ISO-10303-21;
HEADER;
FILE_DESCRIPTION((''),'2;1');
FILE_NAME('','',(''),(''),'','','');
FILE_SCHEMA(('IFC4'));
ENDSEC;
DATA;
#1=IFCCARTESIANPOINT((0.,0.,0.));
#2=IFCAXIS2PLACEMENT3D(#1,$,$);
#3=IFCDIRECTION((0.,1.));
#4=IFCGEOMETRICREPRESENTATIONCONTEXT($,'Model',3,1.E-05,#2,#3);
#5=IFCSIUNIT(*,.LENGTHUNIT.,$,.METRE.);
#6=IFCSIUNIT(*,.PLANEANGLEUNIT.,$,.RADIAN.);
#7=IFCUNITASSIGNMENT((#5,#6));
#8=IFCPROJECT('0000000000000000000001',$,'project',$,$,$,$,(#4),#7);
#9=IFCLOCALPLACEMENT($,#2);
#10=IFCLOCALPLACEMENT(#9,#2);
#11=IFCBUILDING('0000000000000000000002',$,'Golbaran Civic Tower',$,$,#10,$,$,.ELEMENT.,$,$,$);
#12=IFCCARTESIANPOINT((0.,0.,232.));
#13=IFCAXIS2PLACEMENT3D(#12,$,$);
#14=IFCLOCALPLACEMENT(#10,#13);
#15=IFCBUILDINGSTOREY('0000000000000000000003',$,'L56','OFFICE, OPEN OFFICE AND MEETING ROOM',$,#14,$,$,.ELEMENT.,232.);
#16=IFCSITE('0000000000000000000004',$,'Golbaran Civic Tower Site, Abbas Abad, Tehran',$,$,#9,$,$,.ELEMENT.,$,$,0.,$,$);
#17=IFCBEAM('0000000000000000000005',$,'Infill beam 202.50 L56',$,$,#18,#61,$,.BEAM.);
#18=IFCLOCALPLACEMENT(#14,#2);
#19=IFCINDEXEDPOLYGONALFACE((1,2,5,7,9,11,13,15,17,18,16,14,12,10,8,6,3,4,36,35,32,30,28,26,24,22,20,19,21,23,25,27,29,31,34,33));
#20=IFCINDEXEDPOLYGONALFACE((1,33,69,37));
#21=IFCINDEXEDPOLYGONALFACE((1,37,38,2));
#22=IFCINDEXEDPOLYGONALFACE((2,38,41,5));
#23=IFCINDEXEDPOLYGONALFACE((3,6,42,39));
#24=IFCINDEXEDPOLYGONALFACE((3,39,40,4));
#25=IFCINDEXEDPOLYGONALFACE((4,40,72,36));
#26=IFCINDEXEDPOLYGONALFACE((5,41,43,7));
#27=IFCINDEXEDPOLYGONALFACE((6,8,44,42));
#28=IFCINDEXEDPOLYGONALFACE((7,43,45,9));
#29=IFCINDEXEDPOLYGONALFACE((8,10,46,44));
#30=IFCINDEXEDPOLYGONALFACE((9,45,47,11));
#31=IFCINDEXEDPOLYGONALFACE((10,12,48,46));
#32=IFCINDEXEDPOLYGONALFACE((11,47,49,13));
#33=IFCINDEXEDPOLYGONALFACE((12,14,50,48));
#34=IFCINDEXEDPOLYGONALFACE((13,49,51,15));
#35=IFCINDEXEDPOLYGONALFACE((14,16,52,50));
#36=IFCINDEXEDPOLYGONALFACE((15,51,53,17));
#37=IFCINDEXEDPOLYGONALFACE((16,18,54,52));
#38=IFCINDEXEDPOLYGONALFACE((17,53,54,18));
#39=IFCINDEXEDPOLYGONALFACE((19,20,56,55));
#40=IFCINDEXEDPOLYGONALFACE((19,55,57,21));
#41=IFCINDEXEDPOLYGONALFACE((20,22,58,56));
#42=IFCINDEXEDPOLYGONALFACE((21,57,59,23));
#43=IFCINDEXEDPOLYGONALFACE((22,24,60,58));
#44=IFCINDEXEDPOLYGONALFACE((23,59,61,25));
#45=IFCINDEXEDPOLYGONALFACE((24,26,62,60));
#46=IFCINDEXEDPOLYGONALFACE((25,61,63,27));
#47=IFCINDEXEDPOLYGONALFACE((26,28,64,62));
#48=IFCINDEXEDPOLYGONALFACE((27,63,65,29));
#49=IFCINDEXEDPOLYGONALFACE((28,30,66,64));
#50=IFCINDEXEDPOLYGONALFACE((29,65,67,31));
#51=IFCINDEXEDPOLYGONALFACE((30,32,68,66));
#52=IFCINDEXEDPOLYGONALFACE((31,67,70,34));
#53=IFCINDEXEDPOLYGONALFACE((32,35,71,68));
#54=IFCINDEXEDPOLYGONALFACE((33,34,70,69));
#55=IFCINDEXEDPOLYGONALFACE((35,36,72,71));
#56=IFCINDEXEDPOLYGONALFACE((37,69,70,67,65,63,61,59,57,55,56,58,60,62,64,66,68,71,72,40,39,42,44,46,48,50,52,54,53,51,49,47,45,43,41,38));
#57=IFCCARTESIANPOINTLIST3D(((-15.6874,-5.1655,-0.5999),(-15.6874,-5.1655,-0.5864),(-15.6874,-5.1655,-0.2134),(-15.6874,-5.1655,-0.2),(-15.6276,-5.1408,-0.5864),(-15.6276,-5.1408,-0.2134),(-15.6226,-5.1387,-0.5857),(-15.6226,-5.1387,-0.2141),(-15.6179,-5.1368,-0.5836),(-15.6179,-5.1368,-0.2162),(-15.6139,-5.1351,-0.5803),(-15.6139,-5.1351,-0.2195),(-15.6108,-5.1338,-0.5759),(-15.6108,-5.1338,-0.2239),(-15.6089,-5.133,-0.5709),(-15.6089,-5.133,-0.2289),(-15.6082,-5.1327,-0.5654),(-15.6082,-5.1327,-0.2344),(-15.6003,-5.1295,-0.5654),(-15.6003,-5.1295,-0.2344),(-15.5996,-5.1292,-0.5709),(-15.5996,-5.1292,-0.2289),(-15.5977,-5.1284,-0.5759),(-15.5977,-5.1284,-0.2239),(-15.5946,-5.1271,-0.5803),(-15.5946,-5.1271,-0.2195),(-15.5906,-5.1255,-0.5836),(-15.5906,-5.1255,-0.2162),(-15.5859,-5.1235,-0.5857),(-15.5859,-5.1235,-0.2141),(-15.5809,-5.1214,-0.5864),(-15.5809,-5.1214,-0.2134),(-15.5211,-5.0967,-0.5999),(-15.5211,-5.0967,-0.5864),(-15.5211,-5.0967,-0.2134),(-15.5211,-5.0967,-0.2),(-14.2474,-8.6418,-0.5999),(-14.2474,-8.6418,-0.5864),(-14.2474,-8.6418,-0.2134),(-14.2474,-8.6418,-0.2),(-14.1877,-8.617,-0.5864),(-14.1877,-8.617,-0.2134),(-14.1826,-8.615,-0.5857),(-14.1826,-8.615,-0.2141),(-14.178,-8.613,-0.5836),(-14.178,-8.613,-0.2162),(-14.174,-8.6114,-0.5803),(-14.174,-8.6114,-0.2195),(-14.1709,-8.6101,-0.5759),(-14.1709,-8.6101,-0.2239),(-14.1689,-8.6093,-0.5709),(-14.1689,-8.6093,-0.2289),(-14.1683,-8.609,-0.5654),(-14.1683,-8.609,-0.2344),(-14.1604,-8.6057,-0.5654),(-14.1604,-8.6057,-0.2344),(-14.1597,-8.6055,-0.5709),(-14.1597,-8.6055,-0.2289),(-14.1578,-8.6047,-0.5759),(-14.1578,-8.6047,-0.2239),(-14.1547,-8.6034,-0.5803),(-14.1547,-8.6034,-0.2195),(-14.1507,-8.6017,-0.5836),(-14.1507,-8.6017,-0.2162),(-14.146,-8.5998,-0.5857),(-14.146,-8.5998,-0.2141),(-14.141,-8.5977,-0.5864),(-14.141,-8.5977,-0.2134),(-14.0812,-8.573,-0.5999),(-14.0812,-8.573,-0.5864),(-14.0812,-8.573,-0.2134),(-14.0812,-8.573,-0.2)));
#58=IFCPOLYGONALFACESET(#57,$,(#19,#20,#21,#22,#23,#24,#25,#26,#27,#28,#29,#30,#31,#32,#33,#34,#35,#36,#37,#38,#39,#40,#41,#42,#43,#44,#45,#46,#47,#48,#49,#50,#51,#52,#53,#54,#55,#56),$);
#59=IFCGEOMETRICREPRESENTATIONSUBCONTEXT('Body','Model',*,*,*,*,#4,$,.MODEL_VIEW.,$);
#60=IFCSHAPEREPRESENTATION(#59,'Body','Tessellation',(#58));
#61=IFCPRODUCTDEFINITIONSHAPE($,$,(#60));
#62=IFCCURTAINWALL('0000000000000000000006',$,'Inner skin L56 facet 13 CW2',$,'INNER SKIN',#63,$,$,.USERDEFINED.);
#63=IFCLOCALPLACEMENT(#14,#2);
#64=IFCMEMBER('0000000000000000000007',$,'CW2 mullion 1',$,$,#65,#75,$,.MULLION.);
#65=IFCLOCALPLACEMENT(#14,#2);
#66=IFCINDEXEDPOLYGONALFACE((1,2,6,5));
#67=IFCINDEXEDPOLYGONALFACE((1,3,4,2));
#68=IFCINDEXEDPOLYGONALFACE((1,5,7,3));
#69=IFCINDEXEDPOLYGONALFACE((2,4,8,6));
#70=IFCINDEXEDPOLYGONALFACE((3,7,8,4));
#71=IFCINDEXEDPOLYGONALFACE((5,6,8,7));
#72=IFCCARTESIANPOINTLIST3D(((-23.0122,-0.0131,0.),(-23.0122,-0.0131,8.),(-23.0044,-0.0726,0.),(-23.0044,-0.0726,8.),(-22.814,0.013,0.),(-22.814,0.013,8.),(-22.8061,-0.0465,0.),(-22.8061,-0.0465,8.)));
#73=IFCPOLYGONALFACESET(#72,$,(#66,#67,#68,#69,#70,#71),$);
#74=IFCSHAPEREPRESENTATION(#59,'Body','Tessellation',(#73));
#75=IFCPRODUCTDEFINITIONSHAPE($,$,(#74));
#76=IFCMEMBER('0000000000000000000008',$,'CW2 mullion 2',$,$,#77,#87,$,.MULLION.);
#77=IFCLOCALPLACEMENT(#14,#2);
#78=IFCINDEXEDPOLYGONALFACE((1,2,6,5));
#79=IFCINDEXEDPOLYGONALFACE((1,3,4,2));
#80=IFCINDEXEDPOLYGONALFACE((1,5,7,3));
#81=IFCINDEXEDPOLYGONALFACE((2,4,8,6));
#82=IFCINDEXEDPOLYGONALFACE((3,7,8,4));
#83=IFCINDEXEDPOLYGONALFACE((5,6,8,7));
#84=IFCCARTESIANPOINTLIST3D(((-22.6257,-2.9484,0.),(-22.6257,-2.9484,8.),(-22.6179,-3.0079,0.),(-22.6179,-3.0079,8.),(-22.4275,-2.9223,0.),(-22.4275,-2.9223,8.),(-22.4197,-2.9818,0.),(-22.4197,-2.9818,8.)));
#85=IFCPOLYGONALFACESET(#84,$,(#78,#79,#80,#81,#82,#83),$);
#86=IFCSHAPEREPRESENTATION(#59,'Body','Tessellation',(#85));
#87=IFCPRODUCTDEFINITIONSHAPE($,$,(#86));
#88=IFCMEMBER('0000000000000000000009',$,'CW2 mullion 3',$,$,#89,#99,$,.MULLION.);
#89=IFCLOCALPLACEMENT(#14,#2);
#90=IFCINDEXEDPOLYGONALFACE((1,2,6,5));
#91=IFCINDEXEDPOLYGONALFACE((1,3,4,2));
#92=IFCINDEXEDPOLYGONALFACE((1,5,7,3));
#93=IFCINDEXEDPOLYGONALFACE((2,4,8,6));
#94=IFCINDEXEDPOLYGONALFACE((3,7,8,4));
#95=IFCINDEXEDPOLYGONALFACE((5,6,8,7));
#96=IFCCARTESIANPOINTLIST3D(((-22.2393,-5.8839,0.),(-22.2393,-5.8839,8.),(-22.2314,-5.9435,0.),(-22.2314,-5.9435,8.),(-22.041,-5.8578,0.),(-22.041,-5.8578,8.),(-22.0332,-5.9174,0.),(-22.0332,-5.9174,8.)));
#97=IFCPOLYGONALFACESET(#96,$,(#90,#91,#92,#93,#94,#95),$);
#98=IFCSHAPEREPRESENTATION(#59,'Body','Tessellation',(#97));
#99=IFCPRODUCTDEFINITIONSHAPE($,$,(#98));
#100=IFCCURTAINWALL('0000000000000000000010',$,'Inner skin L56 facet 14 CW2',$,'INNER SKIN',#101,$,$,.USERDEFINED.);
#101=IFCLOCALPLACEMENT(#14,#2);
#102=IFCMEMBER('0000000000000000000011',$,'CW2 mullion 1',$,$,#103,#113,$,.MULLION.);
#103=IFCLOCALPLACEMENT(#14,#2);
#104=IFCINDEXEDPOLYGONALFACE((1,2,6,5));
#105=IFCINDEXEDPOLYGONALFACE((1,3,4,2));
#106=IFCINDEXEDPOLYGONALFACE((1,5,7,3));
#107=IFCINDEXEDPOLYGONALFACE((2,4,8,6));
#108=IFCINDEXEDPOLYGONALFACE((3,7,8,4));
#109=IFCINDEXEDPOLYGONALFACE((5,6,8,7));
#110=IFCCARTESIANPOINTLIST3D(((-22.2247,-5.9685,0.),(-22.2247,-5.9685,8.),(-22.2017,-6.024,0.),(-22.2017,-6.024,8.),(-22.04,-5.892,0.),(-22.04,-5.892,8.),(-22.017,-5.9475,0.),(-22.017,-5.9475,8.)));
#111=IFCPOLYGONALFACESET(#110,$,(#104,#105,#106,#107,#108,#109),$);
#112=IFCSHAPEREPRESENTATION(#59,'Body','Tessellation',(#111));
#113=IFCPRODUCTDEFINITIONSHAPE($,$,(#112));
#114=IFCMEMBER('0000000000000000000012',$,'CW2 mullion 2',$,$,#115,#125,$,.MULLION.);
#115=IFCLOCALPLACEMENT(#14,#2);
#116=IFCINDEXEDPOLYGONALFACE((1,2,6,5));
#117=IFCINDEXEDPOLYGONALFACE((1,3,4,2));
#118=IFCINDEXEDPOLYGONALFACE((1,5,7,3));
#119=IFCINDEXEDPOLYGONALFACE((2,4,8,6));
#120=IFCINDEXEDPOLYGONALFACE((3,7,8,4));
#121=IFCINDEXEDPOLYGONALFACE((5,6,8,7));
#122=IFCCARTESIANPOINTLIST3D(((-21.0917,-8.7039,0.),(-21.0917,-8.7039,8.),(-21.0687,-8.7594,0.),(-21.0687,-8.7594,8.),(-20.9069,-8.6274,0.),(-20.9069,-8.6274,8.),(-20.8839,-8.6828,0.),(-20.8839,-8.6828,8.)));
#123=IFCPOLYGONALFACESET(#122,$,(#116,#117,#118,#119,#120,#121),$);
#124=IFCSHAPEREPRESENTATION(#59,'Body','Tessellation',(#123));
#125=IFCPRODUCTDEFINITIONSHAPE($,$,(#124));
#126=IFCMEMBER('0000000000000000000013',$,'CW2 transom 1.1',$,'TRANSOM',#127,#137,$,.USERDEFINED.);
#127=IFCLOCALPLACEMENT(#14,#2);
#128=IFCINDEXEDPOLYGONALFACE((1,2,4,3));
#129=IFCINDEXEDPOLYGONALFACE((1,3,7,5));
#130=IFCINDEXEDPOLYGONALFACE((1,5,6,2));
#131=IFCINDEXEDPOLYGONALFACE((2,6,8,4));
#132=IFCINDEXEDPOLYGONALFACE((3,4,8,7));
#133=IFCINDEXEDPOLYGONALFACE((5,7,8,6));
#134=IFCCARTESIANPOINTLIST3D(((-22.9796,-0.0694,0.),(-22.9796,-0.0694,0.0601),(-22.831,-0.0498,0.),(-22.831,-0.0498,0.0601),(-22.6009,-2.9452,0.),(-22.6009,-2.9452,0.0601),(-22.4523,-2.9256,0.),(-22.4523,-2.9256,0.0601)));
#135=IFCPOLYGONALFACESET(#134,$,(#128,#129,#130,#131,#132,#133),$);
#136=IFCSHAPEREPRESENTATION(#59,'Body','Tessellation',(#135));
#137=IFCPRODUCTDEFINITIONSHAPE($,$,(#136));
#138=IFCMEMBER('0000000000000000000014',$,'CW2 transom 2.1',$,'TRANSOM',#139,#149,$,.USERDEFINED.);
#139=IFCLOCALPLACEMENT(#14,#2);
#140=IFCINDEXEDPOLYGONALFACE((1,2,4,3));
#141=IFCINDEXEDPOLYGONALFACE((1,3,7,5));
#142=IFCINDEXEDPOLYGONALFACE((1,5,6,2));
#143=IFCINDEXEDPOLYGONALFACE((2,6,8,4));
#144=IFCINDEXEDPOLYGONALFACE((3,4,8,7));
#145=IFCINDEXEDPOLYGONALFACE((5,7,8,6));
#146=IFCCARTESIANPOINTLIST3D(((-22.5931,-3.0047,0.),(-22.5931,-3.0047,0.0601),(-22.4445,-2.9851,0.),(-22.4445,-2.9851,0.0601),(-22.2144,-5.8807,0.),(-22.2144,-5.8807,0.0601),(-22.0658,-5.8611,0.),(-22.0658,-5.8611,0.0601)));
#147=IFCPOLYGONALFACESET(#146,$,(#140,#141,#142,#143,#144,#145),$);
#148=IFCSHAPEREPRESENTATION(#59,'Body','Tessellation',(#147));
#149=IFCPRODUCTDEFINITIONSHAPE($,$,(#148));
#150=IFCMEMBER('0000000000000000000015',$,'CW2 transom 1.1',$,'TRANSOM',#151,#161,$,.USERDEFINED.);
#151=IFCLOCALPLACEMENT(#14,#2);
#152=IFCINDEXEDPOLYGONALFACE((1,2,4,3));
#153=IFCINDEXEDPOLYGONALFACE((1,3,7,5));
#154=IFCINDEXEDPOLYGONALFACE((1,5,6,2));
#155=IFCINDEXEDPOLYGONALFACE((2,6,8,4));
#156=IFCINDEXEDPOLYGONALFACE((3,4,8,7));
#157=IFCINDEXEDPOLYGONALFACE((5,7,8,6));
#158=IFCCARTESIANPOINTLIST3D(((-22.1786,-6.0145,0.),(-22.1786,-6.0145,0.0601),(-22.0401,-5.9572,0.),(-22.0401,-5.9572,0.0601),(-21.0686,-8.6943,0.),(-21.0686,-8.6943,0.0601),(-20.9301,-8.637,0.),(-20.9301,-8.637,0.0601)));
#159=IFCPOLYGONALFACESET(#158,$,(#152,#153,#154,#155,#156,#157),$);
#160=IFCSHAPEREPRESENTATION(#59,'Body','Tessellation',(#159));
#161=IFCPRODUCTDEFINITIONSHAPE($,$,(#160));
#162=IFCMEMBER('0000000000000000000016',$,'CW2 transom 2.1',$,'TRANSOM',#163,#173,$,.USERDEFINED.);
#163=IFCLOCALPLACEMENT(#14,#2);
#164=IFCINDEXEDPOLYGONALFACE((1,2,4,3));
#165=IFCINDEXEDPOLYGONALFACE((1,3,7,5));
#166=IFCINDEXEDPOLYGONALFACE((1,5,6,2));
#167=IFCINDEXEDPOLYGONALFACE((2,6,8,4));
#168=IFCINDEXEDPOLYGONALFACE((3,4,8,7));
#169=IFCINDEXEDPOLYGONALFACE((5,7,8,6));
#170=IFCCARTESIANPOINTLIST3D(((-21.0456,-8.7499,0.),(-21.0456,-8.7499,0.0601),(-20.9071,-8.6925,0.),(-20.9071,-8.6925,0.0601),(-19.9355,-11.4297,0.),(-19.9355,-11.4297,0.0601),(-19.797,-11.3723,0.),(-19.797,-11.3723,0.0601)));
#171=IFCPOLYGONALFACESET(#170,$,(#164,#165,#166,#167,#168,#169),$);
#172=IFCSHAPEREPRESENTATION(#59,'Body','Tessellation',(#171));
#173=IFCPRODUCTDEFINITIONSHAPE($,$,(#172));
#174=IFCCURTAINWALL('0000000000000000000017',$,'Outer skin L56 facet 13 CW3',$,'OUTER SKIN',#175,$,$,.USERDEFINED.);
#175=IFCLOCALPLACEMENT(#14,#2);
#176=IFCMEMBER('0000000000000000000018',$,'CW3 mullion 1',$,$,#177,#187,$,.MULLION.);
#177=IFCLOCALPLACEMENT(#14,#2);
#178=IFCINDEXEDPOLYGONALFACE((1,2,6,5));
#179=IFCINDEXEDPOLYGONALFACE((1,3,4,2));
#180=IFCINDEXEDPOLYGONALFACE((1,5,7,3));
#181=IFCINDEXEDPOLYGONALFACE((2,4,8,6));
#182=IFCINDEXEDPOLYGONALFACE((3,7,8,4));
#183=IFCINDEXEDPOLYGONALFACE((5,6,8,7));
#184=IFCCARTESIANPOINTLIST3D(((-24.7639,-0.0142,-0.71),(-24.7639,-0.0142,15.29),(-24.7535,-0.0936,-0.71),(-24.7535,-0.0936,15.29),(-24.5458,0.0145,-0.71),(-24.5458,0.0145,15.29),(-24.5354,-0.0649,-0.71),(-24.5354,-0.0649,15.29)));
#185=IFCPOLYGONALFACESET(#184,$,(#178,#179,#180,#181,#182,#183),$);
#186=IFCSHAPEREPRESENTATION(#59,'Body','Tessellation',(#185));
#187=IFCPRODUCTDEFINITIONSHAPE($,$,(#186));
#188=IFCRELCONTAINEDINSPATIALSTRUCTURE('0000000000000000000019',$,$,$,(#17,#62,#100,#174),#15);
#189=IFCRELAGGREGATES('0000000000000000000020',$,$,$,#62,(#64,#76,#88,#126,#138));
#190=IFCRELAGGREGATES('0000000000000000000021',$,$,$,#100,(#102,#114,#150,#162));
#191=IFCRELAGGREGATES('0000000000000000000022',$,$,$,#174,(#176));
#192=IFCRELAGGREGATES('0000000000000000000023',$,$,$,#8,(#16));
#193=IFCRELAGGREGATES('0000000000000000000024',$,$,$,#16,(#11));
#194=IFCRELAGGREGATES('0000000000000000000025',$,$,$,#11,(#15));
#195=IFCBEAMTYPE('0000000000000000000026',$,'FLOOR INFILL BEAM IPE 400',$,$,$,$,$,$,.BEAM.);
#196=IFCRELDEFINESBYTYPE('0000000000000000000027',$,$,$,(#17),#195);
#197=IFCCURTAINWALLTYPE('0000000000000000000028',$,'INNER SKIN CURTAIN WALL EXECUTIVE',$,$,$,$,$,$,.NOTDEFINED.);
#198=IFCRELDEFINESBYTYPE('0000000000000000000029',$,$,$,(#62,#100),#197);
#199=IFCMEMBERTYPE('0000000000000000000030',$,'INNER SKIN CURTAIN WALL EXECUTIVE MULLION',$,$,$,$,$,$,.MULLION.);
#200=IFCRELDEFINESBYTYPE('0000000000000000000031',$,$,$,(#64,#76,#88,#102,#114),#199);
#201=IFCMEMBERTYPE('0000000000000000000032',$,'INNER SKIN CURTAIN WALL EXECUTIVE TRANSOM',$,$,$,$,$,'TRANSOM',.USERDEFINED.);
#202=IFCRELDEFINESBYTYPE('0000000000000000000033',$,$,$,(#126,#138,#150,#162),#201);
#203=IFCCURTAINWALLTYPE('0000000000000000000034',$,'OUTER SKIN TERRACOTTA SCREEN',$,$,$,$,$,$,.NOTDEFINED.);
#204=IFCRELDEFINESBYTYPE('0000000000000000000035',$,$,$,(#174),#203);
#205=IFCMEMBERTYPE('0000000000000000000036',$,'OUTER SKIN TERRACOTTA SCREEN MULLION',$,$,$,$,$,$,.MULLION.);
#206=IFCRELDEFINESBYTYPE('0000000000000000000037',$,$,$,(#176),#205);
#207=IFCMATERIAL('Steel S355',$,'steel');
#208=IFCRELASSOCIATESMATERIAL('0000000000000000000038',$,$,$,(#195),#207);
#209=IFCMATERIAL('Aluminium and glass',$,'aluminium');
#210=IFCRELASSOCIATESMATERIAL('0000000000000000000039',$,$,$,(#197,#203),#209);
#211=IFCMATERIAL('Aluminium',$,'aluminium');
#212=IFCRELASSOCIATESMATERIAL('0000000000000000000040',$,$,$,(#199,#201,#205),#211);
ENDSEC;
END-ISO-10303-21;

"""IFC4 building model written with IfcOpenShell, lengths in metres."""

from ifc_helpers import new_model, si_unit, direction, frame, origin, origin_2d, place, context, subcontext, project, spatial, rectangle, i_section, extrude, material, material_profile, profile_set, type_object, element, aggregate, save


model = new_model("IFC4")

# Units and contexts
model_context = context("Model", 3, precision=1e-05, world=origin(), true_north=direction((0.0, 1.0)))
body_context = subcontext(model_context, "Body", "Model", "MODEL_VIEW")
ifc_project = project(units=[si_unit("LENGTHUNIT", "METRE"), si_unit("PLANEANGLEUNIT", "RADIAN")], contexts=[model_context])

# Site, building, storey
site_placement = place(None, origin())
site = spatial("IfcSite", under=ifc_project, at=site_placement, Name="Golbaran Civic Tower Site, Abbas Abad, Tehran", CompositionType="ELEMENT", RefElevation=0.0)
building_placement = place(site_placement, origin())
building = spatial("IfcBuilding", under=site, at=building_placement, Name="Golbaran Civic Tower", CompositionType="ELEMENT")
storey_placement = place(building_placement, frame((0.0, 0.0, 232.0)))
storey = spatial("IfcBuildingStorey", under=building, at=storey_placement, Name="L56", Description="OFFICE, OPEN OFFICE AND MEETING ROOM", CompositionType="ELEMENT", Elevation=232.0)

# Shared definitions
ifc_material_1 = material(Name="Steel S355", Category="steel")

# Beam
ifc_material_profile_1 = material_profile(ifc_material_1, i_section(OverallWidth=0.1799, OverallDepth=0.3999, WebThickness=0.0085, FlangeThickness=0.0134, FilletRadius=0.021, at=origin_2d()), Name="IPE 400")
ifc_profile_set_1 = profile_set([ifc_material_profile_1], Name="Steel S355")
beam_type_1 = type_object("IfcBeamType", Name="FLOOR INFILL BEAM IPE 400", PredefinedType="BEAM", material=ifc_profile_set_1)
beam_1_placement = place(storey_placement, frame((-15.6042, -5.1311, -0.3999), z_axis=(0.382684, -0.923879, 0.0), x_axis=(0.923879, 0.382684, 0.0)))
element("IfcBeam", 1, at=beam_1_placement, inside=storey, type_object=beam_type_1, Name="Infill beam 202.50 L56", PredefinedType="BEAM", context=body_context, shape_type="SweptSolid", body=[
    extrude(i_section(OverallWidth=0.1799, OverallDepth=0.3999, WebThickness=0.0085, FlangeThickness=0.0134, FilletRadius=0.021, at=origin_2d()), origin(), (0.0, 0.0, 1.0), 3.7627),
])

# Curtain walls, members
ifc_material_2 = material(Name="Aluminium and glass", Category="aluminium")
curtain_wall_type_1 = type_object("IfcCurtainWallType", Name="INNER SKIN CURTAIN WALL EXECUTIVE", PredefinedType="NOTDEFINED", material=ifc_material_2)
curtain_wall_1_placement = place(storey_placement, origin())
curtain_wall_1 = element("IfcCurtainWall", 2, at=curtain_wall_1_placement, inside=storey, type_object=curtain_wall_type_1, Name="Inner skin L56 facet 13 CW2", ObjectType="INNER SKIN", PredefinedType="USERDEFINED")
ifc_material_3 = material(Name="Aluminium", Category="aluminium")
ifc_material_profile_2 = material_profile(ifc_material_3, rectangle(XDim=0.2, YDim=0.0601, at=origin_2d()), Name="INNER SKIN CURTAIN WALL EXECUTIVE MULLION")
ifc_profile_set_2 = profile_set([ifc_material_profile_2], Name="Aluminium")
member_type_1 = type_object("IfcMemberType", Name="INNER SKIN CURTAIN WALL EXECUTIVE MULLION", PredefinedType="MULLION", material=ifc_profile_set_2)
member_1_placement = place(storey_placement, frame((-22.9092, -0.0298, 0.0), z_axis=(0.0, 0.0, 1.0), x_axis=(0.991445, 0.130526, 0.0)))
member_1 = element("IfcMember", 3, at=member_1_placement, type_object=member_type_1, Name="CW2 mullion 1", PredefinedType="MULLION", context=body_context, shape_type="SweptSolid", body=[
    extrude(rectangle(XDim=0.2, YDim=0.0601, at=origin_2d()), origin(), (0.0, 0.0, 1.0), 8.0),
])
member_2_placement = place(storey_placement, frame((-22.5227, -2.9651, 0.0), z_axis=(0.0, 0.0, 1.0), x_axis=(0.991445, 0.130526, 0.0)))
member_2 = element("IfcMember", 4, at=member_2_placement, type_object=member_type_1, Name="CW2 mullion 2", PredefinedType="MULLION", context=body_context, shape_type="SweptSolid", body=[
    extrude(rectangle(XDim=0.2, YDim=0.0601, at=origin_2d()), origin(), (0.0, 0.0, 1.0), 8.0),
])
member_3_placement = place(storey_placement, frame((-22.1362, -5.9006, 0.0), z_axis=(0.0, 0.0, 1.0), x_axis=(0.991445, 0.130526, 0.0)))
member_3 = element("IfcMember", 5, at=member_3_placement, type_object=member_type_1, Name="CW2 mullion 3", PredefinedType="MULLION", context=body_context, shape_type="SweptSolid", body=[
    extrude(rectangle(XDim=0.2, YDim=0.0601, at=origin_2d()), origin(), (0.0, 0.0, 1.0), 8.0),
])
curtain_wall_2_placement = place(storey_placement, origin())
curtain_wall_2 = element("IfcCurtainWall", 6, at=curtain_wall_2_placement, inside=storey, type_object=curtain_wall_type_1, Name="Inner skin L56 facet 14 CW2", ObjectType="INNER SKIN", PredefinedType="USERDEFINED")
member_4_placement = place(storey_placement, frame((-22.1208, -5.958, 0.0), z_axis=(0.0, 0.0, 1.0), x_axis=(0.92388, 0.382683, 0.0)))
member_4 = element("IfcMember", 7, at=member_4_placement, type_object=member_type_1, Name="CW2 mullion 1", PredefinedType="MULLION", context=body_context, shape_type="SweptSolid", body=[
    extrude(rectangle(XDim=0.2, YDim=0.0601, at=origin_2d()), origin(), (0.0, 0.0, 1.0), 8.0),
])
member_5_placement = place(storey_placement, frame((-20.9878, -8.6934, 0.0), z_axis=(0.0, 0.0, 1.0), x_axis=(0.92388, 0.382683, 0.0)))
member_5 = element("IfcMember", 8, at=member_5_placement, type_object=member_type_1, Name="CW2 mullion 2", PredefinedType="MULLION", context=body_context, shape_type="SweptSolid", body=[
    extrude(rectangle(XDim=0.2, YDim=0.0601, at=origin_2d()), origin(), (0.0, 0.0, 1.0), 8.0),
])

# Members
ifc_material_profile_3 = material_profile(ifc_material_3, rectangle(XDim=0.1499, YDim=0.0601, at=origin_2d()), Name="INNER SKIN CURTAIN WALL EXECUTIVE TRANSOM")
ifc_profile_set_3 = profile_set([ifc_material_profile_3], Name="Aluminium")
member_type_2 = type_object("IfcMemberType", Name="INNER SKIN CURTAIN WALL EXECUTIVE TRANSOM", ElementType="TRANSOM", PredefinedType="USERDEFINED", material=ifc_profile_set_3)
member_6_placement = place(storey_placement, frame((-22.9053, -0.0596, 0.03), z_axis=(0.130548, -0.991442, 0.0), x_axis=(0.991442, 0.130548, 0.0)))
member_6 = element("IfcMember", 9, at=member_6_placement, type_object=member_type_2, Name="CW2 transom 1.1", ObjectType="TRANSOM", PredefinedType="USERDEFINED", context=body_context, shape_type="SweptSolid", body=[
    extrude(rectangle(XDim=0.1499, YDim=0.0601, at=origin_2d()), origin(), (0.0, 0.0, 1.0), 2.9006),
])
member_7_placement = place(storey_placement, frame((-22.5188, -2.9949, 0.03), z_axis=(0.130537, -0.991443, 0.0), x_axis=(0.991443, 0.130537, 0.0)))
member_7 = element("IfcMember", 10, at=member_7_placement, type_object=member_type_2, Name="CW2 transom 2.1", ObjectType="TRANSOM", PredefinedType="USERDEFINED", context=body_context, shape_type="SweptSolid", body=[
    extrude(rectangle(XDim=0.1499, YDim=0.0601, at=origin_2d()), origin(), (0.0, 0.0, 1.0), 2.9009),
])
member_8_placement = place(storey_placement, frame((-22.1094, -5.9858, 0.03), z_axis=(0.382696, -0.923874, 0.0), x_axis=(0.923874, 0.382696, 0.0)))
member_8 = element("IfcMember", 11, at=member_8_placement, type_object=member_type_2, Name="CW2 transom 1.1", ObjectType="TRANSOM", PredefinedType="USERDEFINED", context=body_context, shape_type="SweptSolid", body=[
    extrude(rectangle(XDim=0.1499, YDim=0.0601, at=origin_2d()), origin(), (0.0, 0.0, 1.0), 2.9006),
])
member_9_placement = place(storey_placement, frame((-20.9763, -8.7212, 0.03), z_axis=(0.382696, -0.923874, 0.0), x_axis=(0.923874, 0.382696, 0.0)))
member_9 = element("IfcMember", 12, at=member_9_placement, type_object=member_type_2, Name="CW2 transom 2.1", ObjectType="TRANSOM", PredefinedType="USERDEFINED", context=body_context, shape_type="SweptSolid", body=[
    extrude(rectangle(XDim=0.1499, YDim=0.0601, at=origin_2d()), origin(), (0.0, 0.0, 1.0), 2.9006),
])

# Curtain wall, member
curtain_wall_type_2 = type_object("IfcCurtainWallType", Name="OUTER SKIN TERRACOTTA SCREEN", PredefinedType="NOTDEFINED", material=ifc_material_2)
curtain_wall_3_placement = place(storey_placement, origin())
curtain_wall_3 = element("IfcCurtainWall", 13, at=curtain_wall_3_placement, inside=storey, type_object=curtain_wall_type_2, Name="Outer skin L56 facet 13 CW3", ObjectType="OUTER SKIN", PredefinedType="USERDEFINED")
ifc_material_profile_4 = material_profile(ifc_material_3, rectangle(XDim=0.22, YDim=0.0801, at=origin_2d()), Name="OUTER SKIN TERRACOTTA SCREEN MULLION")
ifc_profile_set_4 = profile_set([ifc_material_profile_4], Name="Aluminium")
member_type_3 = type_object("IfcMemberType", Name="OUTER SKIN TERRACOTTA SCREEN MULLION", PredefinedType="MULLION", material=ifc_profile_set_4)
member_10_placement = place(storey_placement, frame((-24.6497, -0.0396, -0.71), z_axis=(0.0, 0.0, 1.0), x_axis=(0.991445, 0.130526, 0.0)))
member_10 = element("IfcMember", 14, at=member_10_placement, type_object=member_type_3, Name="CW3 mullion 1", PredefinedType="MULLION", context=body_context, shape_type="SweptSolid", body=[
    extrude(rectangle(XDim=0.22, YDim=0.0801, at=origin_2d()), origin(), (0.0, 0.0, 1.0), 16.0),
])

aggregate(curtain_wall_1, [member_1, member_2, member_3, member_6, member_7])
aggregate(curtain_wall_2, [member_4, member_5, member_8, member_9])
aggregate(curtain_wall_3, [member_10])

save(model, "model.ifc")
